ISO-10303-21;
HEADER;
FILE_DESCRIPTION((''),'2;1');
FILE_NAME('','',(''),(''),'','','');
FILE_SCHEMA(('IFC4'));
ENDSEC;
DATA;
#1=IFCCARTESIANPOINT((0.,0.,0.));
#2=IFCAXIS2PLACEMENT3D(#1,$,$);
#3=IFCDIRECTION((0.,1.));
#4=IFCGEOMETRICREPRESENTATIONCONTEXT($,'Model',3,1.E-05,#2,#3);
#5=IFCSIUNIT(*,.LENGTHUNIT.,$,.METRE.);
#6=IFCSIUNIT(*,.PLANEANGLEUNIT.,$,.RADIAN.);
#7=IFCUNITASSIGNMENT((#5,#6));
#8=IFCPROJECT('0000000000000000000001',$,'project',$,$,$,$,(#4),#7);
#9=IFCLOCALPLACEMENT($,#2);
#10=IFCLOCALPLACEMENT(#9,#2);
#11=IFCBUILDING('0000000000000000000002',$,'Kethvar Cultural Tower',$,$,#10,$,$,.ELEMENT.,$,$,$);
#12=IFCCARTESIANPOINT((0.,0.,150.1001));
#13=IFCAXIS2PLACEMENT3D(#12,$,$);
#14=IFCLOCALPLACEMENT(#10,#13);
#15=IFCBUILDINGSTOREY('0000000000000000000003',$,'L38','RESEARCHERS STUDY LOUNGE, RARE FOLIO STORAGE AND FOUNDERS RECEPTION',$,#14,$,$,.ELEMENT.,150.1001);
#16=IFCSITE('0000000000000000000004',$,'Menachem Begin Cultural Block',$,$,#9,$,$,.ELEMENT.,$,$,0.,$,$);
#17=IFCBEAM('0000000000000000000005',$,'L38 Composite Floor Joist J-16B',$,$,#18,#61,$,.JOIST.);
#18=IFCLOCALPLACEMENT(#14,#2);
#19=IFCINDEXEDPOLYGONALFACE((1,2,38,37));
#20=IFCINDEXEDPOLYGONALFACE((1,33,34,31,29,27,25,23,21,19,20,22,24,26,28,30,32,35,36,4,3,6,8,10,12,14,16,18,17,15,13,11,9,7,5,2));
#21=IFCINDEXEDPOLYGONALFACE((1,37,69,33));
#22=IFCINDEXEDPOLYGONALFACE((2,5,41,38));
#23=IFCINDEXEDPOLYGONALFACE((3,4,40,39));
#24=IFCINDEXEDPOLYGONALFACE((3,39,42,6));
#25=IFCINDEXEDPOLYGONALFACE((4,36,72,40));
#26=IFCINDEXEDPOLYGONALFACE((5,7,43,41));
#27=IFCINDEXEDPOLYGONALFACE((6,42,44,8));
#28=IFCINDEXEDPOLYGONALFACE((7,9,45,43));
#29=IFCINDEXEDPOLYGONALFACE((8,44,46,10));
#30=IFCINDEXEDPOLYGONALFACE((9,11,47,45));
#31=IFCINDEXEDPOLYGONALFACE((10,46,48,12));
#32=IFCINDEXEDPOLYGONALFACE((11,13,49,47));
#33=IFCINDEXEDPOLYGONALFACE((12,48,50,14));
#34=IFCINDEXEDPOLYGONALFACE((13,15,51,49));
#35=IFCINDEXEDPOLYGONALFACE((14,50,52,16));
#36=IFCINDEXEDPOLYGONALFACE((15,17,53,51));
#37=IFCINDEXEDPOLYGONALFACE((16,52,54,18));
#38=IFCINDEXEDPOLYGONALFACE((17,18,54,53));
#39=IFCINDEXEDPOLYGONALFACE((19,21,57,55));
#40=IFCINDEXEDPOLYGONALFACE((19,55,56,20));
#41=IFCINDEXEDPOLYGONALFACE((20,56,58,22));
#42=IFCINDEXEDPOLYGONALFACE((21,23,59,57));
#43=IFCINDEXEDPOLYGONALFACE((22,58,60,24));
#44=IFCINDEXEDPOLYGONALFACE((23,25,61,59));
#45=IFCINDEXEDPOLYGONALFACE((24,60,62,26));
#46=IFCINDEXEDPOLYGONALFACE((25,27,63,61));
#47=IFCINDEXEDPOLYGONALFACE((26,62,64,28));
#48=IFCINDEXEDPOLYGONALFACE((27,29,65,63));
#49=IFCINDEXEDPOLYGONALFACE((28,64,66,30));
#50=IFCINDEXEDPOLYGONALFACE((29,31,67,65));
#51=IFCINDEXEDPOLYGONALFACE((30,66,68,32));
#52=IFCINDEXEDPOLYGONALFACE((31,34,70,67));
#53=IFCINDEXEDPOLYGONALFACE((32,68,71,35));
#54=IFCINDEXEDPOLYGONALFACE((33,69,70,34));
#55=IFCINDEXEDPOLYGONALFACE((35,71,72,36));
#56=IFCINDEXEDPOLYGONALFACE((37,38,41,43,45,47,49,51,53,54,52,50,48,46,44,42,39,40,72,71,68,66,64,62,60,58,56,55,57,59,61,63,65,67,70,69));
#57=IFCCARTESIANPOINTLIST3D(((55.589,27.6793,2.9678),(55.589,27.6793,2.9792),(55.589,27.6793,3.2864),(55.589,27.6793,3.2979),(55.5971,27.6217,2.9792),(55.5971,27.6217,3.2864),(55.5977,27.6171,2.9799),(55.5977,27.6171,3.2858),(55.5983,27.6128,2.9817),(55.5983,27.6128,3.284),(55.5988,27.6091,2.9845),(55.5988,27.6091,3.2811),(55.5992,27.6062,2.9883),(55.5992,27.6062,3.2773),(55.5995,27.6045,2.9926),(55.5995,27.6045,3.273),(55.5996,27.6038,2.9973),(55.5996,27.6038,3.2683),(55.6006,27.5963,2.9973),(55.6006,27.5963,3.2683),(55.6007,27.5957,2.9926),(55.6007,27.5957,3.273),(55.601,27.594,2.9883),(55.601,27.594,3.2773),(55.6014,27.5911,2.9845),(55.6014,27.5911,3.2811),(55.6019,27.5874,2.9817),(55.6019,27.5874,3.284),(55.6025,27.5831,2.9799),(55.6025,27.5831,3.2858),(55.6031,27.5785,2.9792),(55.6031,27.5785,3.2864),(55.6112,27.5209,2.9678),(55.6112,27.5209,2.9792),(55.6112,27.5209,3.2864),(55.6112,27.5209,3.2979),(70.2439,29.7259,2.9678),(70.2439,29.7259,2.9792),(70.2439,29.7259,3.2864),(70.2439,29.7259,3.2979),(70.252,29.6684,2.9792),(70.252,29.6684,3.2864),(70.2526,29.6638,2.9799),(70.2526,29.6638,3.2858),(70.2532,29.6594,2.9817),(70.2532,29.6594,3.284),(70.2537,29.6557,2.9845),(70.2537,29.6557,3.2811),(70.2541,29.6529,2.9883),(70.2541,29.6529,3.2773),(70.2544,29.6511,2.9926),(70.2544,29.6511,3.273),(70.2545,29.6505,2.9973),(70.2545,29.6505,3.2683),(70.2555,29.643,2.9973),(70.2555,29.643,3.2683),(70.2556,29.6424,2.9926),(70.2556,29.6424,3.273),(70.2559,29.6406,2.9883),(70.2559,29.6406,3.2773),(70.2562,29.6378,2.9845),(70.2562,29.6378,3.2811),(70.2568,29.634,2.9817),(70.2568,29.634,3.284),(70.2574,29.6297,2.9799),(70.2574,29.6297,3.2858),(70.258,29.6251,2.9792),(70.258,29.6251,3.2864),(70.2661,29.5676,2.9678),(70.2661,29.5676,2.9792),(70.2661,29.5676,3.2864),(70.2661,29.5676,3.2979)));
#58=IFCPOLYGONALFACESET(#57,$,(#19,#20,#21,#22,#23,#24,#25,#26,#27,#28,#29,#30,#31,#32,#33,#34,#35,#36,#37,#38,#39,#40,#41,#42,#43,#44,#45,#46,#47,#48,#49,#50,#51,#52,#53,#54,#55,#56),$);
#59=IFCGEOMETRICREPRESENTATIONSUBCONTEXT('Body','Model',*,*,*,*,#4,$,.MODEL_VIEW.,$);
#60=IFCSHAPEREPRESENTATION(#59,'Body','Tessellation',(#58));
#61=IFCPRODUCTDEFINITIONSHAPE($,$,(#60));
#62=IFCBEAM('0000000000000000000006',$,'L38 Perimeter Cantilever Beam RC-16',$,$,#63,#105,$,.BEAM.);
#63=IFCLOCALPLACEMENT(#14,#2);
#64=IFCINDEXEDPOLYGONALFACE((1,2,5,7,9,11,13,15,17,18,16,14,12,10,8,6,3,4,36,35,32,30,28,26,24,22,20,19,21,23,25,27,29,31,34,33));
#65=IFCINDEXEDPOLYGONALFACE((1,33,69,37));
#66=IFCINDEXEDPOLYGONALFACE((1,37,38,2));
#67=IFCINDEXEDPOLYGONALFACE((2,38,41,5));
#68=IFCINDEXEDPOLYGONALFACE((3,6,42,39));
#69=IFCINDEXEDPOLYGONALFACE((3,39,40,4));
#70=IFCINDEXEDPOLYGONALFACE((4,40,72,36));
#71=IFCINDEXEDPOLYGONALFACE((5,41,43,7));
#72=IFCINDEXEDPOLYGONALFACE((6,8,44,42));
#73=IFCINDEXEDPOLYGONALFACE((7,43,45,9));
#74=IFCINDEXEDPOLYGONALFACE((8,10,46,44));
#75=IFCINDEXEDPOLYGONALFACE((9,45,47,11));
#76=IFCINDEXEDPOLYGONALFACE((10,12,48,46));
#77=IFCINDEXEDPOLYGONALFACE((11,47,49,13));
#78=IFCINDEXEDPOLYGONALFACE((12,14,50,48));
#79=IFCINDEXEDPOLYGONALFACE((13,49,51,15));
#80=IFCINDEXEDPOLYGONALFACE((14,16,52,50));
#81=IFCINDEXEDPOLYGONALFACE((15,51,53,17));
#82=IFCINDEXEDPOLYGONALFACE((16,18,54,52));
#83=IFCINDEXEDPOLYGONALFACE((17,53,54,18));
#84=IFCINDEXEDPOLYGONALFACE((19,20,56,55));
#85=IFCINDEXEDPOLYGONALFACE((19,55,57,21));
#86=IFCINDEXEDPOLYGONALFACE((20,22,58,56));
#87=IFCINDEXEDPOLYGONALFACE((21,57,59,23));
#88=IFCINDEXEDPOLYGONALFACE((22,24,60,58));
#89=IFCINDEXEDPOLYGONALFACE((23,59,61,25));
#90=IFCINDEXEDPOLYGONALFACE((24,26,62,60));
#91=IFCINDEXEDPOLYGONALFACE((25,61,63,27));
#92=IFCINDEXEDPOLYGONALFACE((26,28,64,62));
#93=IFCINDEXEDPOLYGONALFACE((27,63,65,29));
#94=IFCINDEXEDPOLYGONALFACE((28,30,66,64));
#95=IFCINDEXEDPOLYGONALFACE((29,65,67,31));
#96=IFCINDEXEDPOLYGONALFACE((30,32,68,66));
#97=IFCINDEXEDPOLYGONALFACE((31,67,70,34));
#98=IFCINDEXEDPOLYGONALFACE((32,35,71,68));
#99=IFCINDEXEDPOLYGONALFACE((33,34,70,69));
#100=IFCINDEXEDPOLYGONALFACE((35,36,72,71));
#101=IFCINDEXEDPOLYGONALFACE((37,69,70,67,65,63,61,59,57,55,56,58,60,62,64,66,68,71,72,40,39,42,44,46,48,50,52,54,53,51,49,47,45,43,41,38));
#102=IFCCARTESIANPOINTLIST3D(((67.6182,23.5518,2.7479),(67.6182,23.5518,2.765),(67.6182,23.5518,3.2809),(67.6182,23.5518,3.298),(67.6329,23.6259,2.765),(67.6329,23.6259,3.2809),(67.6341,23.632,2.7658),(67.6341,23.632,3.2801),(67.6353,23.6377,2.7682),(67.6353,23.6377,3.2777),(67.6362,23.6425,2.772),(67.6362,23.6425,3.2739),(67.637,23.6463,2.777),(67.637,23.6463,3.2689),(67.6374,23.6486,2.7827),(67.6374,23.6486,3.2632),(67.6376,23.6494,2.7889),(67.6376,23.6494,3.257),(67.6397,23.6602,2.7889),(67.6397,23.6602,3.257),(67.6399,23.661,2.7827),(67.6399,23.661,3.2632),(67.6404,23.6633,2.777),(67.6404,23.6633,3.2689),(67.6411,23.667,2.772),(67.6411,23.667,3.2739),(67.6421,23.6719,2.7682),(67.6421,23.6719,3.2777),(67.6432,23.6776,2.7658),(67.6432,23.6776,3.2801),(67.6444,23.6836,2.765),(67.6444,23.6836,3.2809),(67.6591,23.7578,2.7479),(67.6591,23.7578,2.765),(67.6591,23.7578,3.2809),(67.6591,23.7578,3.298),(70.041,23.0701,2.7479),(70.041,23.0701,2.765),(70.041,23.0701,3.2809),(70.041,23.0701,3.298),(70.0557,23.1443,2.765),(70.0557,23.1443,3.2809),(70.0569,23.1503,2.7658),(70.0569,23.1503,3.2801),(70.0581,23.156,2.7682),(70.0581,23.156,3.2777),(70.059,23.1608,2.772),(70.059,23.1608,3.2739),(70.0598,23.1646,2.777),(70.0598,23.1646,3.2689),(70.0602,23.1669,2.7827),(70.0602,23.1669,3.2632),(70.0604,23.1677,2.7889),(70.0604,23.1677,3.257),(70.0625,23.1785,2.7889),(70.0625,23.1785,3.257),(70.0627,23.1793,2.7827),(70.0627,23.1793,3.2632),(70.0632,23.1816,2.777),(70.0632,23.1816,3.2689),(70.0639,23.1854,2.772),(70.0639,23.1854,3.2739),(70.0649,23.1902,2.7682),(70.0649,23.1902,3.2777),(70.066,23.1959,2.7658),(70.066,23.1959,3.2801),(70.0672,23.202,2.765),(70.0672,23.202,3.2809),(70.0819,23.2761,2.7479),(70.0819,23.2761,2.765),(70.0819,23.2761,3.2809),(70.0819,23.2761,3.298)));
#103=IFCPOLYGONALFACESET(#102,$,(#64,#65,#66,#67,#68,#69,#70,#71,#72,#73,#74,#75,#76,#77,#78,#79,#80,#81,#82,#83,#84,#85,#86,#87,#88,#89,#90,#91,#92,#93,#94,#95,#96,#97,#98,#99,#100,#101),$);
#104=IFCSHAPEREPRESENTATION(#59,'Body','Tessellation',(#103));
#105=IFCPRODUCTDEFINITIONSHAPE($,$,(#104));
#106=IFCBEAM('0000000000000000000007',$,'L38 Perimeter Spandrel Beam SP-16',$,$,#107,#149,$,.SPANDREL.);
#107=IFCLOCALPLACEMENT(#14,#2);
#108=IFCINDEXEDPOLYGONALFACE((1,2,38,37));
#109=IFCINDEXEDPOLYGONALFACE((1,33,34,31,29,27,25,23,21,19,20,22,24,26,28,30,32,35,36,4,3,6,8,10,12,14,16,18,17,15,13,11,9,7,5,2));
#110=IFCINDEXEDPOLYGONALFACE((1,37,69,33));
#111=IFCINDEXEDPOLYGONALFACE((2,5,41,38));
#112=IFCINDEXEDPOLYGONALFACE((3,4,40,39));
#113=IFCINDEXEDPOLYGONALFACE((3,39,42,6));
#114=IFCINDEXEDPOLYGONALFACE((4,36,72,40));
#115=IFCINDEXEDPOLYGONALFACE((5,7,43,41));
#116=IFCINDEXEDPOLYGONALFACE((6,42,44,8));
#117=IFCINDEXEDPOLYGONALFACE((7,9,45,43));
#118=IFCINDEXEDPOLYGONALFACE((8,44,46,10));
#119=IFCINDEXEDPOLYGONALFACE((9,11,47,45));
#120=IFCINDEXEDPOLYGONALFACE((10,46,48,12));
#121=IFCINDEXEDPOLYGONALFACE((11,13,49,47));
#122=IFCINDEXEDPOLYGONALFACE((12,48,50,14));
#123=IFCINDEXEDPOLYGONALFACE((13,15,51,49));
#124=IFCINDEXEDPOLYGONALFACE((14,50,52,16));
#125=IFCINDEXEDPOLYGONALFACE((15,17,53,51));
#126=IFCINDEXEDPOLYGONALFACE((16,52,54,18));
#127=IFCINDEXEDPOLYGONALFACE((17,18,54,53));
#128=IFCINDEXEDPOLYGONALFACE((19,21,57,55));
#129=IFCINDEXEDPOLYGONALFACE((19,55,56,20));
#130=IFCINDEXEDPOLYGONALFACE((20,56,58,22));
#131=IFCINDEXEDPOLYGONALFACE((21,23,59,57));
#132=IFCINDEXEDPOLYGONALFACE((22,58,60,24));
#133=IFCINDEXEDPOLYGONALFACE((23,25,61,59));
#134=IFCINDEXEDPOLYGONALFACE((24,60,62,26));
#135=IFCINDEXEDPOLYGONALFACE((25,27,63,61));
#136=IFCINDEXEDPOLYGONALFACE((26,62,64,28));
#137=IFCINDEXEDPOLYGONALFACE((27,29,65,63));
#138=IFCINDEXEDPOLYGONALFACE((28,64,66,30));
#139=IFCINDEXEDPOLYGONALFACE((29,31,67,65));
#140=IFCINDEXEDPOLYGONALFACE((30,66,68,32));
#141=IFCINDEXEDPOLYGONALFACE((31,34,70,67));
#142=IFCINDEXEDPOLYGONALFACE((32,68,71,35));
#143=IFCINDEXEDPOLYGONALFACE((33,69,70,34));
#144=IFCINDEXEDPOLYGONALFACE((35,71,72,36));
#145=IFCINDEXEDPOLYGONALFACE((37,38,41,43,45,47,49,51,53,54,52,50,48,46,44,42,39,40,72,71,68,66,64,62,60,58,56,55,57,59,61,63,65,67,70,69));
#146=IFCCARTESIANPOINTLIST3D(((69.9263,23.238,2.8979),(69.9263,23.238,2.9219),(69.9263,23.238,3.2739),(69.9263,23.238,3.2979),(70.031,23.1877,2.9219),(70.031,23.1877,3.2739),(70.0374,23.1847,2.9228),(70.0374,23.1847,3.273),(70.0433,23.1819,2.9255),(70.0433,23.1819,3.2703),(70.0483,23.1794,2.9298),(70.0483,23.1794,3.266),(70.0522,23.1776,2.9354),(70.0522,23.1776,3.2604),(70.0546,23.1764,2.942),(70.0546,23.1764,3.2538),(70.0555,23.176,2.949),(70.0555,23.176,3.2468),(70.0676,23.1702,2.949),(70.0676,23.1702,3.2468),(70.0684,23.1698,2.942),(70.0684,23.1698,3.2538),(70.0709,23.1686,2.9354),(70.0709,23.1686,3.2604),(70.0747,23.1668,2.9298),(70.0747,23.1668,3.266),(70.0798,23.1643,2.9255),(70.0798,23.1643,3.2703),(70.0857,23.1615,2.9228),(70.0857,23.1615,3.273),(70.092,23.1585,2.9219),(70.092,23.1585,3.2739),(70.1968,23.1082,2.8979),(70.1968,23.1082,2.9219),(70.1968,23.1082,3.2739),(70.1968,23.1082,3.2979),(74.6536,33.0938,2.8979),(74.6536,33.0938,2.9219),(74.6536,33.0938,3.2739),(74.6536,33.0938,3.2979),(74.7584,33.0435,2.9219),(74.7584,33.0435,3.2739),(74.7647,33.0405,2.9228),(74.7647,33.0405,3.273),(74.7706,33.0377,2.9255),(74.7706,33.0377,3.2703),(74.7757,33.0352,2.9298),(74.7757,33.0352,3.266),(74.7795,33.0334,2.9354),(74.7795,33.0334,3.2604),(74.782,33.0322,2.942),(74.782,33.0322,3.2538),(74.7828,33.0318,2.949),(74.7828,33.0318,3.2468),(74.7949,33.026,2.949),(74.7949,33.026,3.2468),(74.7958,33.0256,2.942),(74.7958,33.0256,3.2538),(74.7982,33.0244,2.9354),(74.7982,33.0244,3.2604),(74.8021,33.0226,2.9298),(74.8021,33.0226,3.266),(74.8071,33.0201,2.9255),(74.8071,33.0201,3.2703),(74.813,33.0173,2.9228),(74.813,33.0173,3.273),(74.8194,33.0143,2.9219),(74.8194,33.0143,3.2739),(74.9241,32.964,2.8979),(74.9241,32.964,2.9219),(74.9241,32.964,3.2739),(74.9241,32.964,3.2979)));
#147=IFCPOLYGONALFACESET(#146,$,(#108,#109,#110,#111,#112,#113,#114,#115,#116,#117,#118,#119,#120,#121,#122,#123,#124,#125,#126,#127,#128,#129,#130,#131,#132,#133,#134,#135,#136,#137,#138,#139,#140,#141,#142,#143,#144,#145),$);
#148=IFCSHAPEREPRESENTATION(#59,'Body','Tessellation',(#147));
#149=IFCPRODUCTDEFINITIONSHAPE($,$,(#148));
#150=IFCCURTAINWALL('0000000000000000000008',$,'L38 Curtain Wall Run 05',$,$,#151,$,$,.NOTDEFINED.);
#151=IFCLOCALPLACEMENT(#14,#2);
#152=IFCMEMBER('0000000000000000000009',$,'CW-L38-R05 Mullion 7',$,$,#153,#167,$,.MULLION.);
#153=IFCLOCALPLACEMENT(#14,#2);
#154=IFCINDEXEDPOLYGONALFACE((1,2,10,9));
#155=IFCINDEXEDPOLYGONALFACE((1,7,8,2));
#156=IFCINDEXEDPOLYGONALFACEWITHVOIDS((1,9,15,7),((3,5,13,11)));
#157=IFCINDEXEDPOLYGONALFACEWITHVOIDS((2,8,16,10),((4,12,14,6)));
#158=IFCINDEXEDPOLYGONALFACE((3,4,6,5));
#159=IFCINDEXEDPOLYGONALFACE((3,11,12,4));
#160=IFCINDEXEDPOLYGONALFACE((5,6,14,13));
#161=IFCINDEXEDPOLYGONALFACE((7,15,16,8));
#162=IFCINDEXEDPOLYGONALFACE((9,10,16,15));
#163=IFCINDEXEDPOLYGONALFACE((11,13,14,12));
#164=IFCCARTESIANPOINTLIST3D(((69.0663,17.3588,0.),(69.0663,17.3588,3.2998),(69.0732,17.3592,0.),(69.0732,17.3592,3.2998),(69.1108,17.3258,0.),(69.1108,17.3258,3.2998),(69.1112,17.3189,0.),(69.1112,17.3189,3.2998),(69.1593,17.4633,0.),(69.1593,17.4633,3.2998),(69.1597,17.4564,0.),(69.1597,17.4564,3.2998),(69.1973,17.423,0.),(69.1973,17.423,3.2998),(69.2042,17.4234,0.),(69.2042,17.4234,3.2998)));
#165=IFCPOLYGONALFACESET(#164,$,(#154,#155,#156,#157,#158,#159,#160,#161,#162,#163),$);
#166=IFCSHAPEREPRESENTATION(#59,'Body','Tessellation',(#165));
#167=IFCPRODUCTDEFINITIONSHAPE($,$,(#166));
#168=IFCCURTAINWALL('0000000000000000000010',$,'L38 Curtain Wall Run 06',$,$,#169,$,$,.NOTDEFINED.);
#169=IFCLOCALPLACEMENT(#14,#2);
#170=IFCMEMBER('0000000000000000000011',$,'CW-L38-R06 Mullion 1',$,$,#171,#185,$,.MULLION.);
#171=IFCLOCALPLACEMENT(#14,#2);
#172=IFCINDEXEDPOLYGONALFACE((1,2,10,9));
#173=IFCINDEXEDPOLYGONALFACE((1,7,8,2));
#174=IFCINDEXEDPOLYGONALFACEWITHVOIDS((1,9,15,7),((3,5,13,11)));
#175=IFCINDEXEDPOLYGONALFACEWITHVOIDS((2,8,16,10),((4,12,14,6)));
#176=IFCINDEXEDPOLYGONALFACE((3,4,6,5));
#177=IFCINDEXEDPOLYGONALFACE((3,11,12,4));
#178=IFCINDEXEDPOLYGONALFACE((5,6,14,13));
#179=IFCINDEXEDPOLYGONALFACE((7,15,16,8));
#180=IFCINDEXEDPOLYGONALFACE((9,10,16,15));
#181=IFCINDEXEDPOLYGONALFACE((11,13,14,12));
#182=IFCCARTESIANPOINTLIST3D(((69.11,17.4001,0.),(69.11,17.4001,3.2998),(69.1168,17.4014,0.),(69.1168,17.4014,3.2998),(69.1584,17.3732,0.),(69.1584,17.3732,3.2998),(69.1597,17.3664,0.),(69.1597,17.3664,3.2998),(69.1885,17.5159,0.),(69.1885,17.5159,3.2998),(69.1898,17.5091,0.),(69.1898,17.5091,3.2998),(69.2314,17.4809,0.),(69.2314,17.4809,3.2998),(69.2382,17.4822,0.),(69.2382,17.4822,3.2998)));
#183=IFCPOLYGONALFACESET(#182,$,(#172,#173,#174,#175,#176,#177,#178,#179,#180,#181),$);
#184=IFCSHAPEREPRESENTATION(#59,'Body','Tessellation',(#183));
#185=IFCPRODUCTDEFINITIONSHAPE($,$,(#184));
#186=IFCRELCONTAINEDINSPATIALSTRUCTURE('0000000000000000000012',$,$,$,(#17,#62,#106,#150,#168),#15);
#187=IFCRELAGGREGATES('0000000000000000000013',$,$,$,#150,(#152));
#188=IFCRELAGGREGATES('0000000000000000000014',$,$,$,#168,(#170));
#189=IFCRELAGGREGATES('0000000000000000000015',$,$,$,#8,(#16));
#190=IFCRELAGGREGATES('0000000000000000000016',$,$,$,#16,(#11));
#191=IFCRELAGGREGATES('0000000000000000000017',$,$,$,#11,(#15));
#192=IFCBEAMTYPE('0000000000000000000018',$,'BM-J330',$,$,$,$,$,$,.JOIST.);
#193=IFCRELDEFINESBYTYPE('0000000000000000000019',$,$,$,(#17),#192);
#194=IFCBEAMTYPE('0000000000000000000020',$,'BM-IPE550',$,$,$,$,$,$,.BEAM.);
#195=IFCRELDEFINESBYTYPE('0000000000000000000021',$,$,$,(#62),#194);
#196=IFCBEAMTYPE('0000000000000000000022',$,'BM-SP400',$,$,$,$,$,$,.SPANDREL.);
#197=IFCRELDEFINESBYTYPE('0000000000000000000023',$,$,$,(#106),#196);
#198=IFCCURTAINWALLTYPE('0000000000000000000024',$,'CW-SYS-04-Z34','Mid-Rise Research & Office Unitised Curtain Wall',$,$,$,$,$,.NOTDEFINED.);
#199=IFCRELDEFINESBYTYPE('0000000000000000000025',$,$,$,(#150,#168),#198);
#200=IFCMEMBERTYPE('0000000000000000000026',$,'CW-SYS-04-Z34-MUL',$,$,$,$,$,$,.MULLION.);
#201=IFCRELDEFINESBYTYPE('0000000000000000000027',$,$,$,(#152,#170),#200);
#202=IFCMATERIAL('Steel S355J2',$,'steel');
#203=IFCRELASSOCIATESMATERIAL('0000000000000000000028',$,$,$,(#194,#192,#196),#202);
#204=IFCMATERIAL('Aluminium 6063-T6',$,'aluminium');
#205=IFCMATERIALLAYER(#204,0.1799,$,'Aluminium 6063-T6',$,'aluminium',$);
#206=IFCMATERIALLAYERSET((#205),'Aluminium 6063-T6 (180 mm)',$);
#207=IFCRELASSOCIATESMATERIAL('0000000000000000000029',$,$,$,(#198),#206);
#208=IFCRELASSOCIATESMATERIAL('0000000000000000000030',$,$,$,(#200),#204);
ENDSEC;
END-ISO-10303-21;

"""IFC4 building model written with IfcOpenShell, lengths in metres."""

from ifc_helpers import new_model, si_unit, direction, frame, origin, origin_2d, place, context, subcontext, project, spatial, hollow_rectangle, i_section, extrude, source, transform, mapped, material, layer, layer_set, material_profile, profile_set, type_object, element, aggregate, save


model = new_model("IFC4")

# Units and contexts
model_context = context("Model", 3, precision=1e-05, world=origin(), true_north=direction((0.0, 1.0)))
body_context = subcontext(model_context, "Body", "Model", "MODEL_VIEW")
ifc_project = project(units=[si_unit("LENGTHUNIT", "METRE"), si_unit("PLANEANGLEUNIT", "RADIAN")], contexts=[model_context])

# Site, building, storey
site_placement = place(None, origin())
site = spatial("IfcSite", under=ifc_project, at=site_placement, Name="Menachem Begin Cultural Block", CompositionType="ELEMENT", RefElevation=0.0)
building_placement = place(site_placement, origin())
building = spatial("IfcBuilding", under=site, at=building_placement, Name="Kethvar Cultural Tower", CompositionType="ELEMENT")
storey_placement = place(building_placement, frame((0.0, 0.0, 150.1001)))
storey = spatial("IfcBuildingStorey", under=building, at=storey_placement, Name="L38", Description="RESEARCHERS STUDY LOUNGE, RARE FOLIO STORAGE AND FOUNDERS RECEPTION", CompositionType="ELEMENT", Elevation=150.1001)

# Beams
ifc_material_1 = material(Name="Steel S355J2", Category="steel")
ifc_material_profile_1 = material_profile(ifc_material_1, i_section(OverallWidth=0.21, OverallDepth=0.55, WebThickness=0.011, FlangeThickness=0.0171, FilletRadius=0.0239, at=origin_2d()), Name="Steel S355J2 — IPE550")
ifc_profile_set_1 = profile_set([ifc_material_profile_1], Name="Steel S355J2 — IPE550")
beam_type_1 = type_object("IfcBeamType", Name="BM-IPE550", PredefinedType="BEAM", material=ifc_profile_set_1)
ifc_material_profile_2 = material_profile(ifc_material_1, i_section(OverallWidth=0.1599, OverallDepth=0.3301, WebThickness=0.0076, FlangeThickness=0.0115, FilletRadius=0.0181, at=origin_2d()), Name="Steel S355J2 — IPE330")
ifc_profile_set_2 = profile_set([ifc_material_profile_2], Name="Steel S355J2 — IPE330")
beam_type_2 = type_object("IfcBeamType", Name="BM-J330", PredefinedType="JOIST", material=ifc_profile_set_2)
shared_shape_1 = source(origin(), body_context, "Body", "SweptSolid", [
    extrude(i_section(OverallWidth=0.1599, OverallDepth=0.3301, WebThickness=0.0076, FlangeThickness=0.0115, FilletRadius=0.0181, at=origin_2d()), origin(), (0.0, 0.0, 1.0), 14.7971),
])
beam_1_placement = place(storey_placement, frame((55.6001, 27.6001, 3.1328), z_axis=(0.990388, 0.138314, 0.0), x_axis=(-0.138314, 0.990388, 0.0)))
element("IfcBeam", 1, at=beam_1_placement, inside=storey, type_object=beam_type_2, Name="L38 Composite Floor Joist J-16B", PredefinedType="JOIST", context=body_context, shape_type="MappedRepresentation", body=[
    mapped(shared_shape_1, transform((0.0, 0.0, 0.0), scale=1.0)),
])
shared_shape_2 = source(origin(), body_context, "Body", "SweptSolid", [
    extrude(i_section(OverallWidth=0.21, OverallDepth=0.55, WebThickness=0.011, FlangeThickness=0.0171, FilletRadius=0.0239, at=origin_2d()), origin(), (0.0, 0.0, 1.0), 2.4702),
])
beam_2_placement = place(storey_placement, frame((67.6387, 23.6548, 3.0229), z_axis=(0.980804, -0.194995, 0.0), x_axis=(0.194995, 0.980804, 0.0)))
element("IfcBeam", 2, at=beam_2_placement, inside=storey, type_object=beam_type_1, Name="L38 Perimeter Cantilever Beam RC-16", PredefinedType="BEAM", context=body_context, shape_type="MappedRepresentation", body=[
    mapped(shared_shape_2, transform((0.0, 0.0, 0.0), scale=1.0)),
])
ifc_material_profile_3 = material_profile(ifc_material_1, i_section(OverallWidth=0.3, OverallDepth=0.3999, WebThickness=0.0134, FlangeThickness=0.0239, FilletRadius=0.0271, at=origin_2d()), Name="Steel S355J2 — HEB400")
ifc_profile_set_3 = profile_set([ifc_material_profile_3], Name="Steel S355J2 — HEB400")
beam_type_3 = type_object("IfcBeamType", Name="BM-SP400", PredefinedType="SPANDREL", material=ifc_profile_set_3)
shared_shape_3 = source(origin(), body_context, "Body", "SweptSolid", [
    extrude(i_section(OverallWidth=0.3, OverallDepth=0.3999, WebThickness=0.0134, FlangeThickness=0.0239, FilletRadius=0.0271, at=origin_2d()), origin(), (0.0, 0.0, 1.0), 10.9309),
])
beam_3_placement = place(storey_placement, frame((70.0615, 23.1731, 3.0979), z_axis=(0.432475, 0.901646, 0.0), x_axis=(-0.901646, 0.432475, 0.0)))
element("IfcBeam", 3, at=beam_3_placement, inside=storey, type_object=beam_type_3, Name="L38 Perimeter Spandrel Beam SP-16", PredefinedType="SPANDREL", context=body_context, shape_type="MappedRepresentation", body=[
    mapped(shared_shape_3, transform((0.0, 0.0, 0.0), scale=1.0)),
])

# Curtain wall, member
ifc_material_2 = material(Name="Aluminium 6063-T6", Category="aluminium")
ifc_layer_1 = layer(ifc_material_2, 0.1799, Name="Aluminium 6063-T6", Category="aluminium")
ifc_layer_set_1 = layer_set([ifc_layer_1], Name="Aluminium 6063-T6 (180 mm)")
curtain_wall_type = type_object("IfcCurtainWallType", Name="CW-SYS-04-Z34", Description="Mid-Rise Research & Office Unitised Curtain Wall", PredefinedType="NOTDEFINED", material=ifc_layer_set_1)
curtain_wall_1_placement = place(storey_placement, origin())
curtain_wall_1 = element("IfcCurtainWall", 4, at=curtain_wall_1_placement, inside=storey, type_object=curtain_wall_type, Name="L38 Curtain Wall Run 05", PredefinedType="NOTDEFINED")
ifc_material_profile_4 = material_profile(ifc_material_2, hollow_rectangle(XDim=0.0601, YDim=0.1399, WallThickness=0.0049, at=origin_2d()), Name="Aluminium 6063-T6 — RHS140x60x5")
ifc_profile_set_4 = profile_set([ifc_material_profile_4], Name="Aluminium 6063-T6 — RHS140x60x5")
member_type_1 = type_object("IfcMemberType", Name="CW-SYS-04-Z34-MUL", PredefinedType="MULLION", material=ifc_profile_set_4)
shared_shape_4 = source(origin(), body_context, "Body", "SweptSolid", [
    extrude(hollow_rectangle(XDim=0.0601, YDim=0.1399, WallThickness=0.0049, at=origin_2d()), origin(), (0.0, 0.0, 1.0), 3.2998),
])
member_1_placement = place(storey_placement, frame((69.1353, 17.3911, 0.0), z_axis=(0.0, 0.0, 1.0), x_axis=(-0.746917, 0.664918, 0.0)))
member_1 = element("IfcMember", 5, at=member_1_placement, type_object=member_type_1, Name="CW-L38-R05 Mullion 7", PredefinedType="MULLION", context=body_context, shape_type="MappedRepresentation", body=[
    mapped(shared_shape_4, transform((0.0, 0.0, 0.0), scale=1.0)),
])
aggregate(curtain_wall_1, [member_1])

# Curtain wall, member
curtain_wall_2_placement = place(storey_placement, origin())
curtain_wall_2 = element("IfcCurtainWall", 6, at=curtain_wall_2_placement, inside=storey, type_object=curtain_wall_type, Name="L38 Curtain Wall Run 06", PredefinedType="NOTDEFINED")
member_2_placement = place(storey_placement, frame((69.1741, 17.4412, 0.0), z_axis=(0.0, 0.0, 1.0), x_axis=(-0.827786, 0.561044, 0.0)))
member_2 = element("IfcMember", 7, at=member_2_placement, type_object=member_type_1, Name="CW-L38-R06 Mullion 1", PredefinedType="MULLION", context=body_context, shape_type="MappedRepresentation", body=[
    mapped(shared_shape_4, transform((0.0, 0.0, 0.0), scale=1.0)),
])
aggregate(curtain_wall_2, [member_2])

save(model, "model.ifc")
